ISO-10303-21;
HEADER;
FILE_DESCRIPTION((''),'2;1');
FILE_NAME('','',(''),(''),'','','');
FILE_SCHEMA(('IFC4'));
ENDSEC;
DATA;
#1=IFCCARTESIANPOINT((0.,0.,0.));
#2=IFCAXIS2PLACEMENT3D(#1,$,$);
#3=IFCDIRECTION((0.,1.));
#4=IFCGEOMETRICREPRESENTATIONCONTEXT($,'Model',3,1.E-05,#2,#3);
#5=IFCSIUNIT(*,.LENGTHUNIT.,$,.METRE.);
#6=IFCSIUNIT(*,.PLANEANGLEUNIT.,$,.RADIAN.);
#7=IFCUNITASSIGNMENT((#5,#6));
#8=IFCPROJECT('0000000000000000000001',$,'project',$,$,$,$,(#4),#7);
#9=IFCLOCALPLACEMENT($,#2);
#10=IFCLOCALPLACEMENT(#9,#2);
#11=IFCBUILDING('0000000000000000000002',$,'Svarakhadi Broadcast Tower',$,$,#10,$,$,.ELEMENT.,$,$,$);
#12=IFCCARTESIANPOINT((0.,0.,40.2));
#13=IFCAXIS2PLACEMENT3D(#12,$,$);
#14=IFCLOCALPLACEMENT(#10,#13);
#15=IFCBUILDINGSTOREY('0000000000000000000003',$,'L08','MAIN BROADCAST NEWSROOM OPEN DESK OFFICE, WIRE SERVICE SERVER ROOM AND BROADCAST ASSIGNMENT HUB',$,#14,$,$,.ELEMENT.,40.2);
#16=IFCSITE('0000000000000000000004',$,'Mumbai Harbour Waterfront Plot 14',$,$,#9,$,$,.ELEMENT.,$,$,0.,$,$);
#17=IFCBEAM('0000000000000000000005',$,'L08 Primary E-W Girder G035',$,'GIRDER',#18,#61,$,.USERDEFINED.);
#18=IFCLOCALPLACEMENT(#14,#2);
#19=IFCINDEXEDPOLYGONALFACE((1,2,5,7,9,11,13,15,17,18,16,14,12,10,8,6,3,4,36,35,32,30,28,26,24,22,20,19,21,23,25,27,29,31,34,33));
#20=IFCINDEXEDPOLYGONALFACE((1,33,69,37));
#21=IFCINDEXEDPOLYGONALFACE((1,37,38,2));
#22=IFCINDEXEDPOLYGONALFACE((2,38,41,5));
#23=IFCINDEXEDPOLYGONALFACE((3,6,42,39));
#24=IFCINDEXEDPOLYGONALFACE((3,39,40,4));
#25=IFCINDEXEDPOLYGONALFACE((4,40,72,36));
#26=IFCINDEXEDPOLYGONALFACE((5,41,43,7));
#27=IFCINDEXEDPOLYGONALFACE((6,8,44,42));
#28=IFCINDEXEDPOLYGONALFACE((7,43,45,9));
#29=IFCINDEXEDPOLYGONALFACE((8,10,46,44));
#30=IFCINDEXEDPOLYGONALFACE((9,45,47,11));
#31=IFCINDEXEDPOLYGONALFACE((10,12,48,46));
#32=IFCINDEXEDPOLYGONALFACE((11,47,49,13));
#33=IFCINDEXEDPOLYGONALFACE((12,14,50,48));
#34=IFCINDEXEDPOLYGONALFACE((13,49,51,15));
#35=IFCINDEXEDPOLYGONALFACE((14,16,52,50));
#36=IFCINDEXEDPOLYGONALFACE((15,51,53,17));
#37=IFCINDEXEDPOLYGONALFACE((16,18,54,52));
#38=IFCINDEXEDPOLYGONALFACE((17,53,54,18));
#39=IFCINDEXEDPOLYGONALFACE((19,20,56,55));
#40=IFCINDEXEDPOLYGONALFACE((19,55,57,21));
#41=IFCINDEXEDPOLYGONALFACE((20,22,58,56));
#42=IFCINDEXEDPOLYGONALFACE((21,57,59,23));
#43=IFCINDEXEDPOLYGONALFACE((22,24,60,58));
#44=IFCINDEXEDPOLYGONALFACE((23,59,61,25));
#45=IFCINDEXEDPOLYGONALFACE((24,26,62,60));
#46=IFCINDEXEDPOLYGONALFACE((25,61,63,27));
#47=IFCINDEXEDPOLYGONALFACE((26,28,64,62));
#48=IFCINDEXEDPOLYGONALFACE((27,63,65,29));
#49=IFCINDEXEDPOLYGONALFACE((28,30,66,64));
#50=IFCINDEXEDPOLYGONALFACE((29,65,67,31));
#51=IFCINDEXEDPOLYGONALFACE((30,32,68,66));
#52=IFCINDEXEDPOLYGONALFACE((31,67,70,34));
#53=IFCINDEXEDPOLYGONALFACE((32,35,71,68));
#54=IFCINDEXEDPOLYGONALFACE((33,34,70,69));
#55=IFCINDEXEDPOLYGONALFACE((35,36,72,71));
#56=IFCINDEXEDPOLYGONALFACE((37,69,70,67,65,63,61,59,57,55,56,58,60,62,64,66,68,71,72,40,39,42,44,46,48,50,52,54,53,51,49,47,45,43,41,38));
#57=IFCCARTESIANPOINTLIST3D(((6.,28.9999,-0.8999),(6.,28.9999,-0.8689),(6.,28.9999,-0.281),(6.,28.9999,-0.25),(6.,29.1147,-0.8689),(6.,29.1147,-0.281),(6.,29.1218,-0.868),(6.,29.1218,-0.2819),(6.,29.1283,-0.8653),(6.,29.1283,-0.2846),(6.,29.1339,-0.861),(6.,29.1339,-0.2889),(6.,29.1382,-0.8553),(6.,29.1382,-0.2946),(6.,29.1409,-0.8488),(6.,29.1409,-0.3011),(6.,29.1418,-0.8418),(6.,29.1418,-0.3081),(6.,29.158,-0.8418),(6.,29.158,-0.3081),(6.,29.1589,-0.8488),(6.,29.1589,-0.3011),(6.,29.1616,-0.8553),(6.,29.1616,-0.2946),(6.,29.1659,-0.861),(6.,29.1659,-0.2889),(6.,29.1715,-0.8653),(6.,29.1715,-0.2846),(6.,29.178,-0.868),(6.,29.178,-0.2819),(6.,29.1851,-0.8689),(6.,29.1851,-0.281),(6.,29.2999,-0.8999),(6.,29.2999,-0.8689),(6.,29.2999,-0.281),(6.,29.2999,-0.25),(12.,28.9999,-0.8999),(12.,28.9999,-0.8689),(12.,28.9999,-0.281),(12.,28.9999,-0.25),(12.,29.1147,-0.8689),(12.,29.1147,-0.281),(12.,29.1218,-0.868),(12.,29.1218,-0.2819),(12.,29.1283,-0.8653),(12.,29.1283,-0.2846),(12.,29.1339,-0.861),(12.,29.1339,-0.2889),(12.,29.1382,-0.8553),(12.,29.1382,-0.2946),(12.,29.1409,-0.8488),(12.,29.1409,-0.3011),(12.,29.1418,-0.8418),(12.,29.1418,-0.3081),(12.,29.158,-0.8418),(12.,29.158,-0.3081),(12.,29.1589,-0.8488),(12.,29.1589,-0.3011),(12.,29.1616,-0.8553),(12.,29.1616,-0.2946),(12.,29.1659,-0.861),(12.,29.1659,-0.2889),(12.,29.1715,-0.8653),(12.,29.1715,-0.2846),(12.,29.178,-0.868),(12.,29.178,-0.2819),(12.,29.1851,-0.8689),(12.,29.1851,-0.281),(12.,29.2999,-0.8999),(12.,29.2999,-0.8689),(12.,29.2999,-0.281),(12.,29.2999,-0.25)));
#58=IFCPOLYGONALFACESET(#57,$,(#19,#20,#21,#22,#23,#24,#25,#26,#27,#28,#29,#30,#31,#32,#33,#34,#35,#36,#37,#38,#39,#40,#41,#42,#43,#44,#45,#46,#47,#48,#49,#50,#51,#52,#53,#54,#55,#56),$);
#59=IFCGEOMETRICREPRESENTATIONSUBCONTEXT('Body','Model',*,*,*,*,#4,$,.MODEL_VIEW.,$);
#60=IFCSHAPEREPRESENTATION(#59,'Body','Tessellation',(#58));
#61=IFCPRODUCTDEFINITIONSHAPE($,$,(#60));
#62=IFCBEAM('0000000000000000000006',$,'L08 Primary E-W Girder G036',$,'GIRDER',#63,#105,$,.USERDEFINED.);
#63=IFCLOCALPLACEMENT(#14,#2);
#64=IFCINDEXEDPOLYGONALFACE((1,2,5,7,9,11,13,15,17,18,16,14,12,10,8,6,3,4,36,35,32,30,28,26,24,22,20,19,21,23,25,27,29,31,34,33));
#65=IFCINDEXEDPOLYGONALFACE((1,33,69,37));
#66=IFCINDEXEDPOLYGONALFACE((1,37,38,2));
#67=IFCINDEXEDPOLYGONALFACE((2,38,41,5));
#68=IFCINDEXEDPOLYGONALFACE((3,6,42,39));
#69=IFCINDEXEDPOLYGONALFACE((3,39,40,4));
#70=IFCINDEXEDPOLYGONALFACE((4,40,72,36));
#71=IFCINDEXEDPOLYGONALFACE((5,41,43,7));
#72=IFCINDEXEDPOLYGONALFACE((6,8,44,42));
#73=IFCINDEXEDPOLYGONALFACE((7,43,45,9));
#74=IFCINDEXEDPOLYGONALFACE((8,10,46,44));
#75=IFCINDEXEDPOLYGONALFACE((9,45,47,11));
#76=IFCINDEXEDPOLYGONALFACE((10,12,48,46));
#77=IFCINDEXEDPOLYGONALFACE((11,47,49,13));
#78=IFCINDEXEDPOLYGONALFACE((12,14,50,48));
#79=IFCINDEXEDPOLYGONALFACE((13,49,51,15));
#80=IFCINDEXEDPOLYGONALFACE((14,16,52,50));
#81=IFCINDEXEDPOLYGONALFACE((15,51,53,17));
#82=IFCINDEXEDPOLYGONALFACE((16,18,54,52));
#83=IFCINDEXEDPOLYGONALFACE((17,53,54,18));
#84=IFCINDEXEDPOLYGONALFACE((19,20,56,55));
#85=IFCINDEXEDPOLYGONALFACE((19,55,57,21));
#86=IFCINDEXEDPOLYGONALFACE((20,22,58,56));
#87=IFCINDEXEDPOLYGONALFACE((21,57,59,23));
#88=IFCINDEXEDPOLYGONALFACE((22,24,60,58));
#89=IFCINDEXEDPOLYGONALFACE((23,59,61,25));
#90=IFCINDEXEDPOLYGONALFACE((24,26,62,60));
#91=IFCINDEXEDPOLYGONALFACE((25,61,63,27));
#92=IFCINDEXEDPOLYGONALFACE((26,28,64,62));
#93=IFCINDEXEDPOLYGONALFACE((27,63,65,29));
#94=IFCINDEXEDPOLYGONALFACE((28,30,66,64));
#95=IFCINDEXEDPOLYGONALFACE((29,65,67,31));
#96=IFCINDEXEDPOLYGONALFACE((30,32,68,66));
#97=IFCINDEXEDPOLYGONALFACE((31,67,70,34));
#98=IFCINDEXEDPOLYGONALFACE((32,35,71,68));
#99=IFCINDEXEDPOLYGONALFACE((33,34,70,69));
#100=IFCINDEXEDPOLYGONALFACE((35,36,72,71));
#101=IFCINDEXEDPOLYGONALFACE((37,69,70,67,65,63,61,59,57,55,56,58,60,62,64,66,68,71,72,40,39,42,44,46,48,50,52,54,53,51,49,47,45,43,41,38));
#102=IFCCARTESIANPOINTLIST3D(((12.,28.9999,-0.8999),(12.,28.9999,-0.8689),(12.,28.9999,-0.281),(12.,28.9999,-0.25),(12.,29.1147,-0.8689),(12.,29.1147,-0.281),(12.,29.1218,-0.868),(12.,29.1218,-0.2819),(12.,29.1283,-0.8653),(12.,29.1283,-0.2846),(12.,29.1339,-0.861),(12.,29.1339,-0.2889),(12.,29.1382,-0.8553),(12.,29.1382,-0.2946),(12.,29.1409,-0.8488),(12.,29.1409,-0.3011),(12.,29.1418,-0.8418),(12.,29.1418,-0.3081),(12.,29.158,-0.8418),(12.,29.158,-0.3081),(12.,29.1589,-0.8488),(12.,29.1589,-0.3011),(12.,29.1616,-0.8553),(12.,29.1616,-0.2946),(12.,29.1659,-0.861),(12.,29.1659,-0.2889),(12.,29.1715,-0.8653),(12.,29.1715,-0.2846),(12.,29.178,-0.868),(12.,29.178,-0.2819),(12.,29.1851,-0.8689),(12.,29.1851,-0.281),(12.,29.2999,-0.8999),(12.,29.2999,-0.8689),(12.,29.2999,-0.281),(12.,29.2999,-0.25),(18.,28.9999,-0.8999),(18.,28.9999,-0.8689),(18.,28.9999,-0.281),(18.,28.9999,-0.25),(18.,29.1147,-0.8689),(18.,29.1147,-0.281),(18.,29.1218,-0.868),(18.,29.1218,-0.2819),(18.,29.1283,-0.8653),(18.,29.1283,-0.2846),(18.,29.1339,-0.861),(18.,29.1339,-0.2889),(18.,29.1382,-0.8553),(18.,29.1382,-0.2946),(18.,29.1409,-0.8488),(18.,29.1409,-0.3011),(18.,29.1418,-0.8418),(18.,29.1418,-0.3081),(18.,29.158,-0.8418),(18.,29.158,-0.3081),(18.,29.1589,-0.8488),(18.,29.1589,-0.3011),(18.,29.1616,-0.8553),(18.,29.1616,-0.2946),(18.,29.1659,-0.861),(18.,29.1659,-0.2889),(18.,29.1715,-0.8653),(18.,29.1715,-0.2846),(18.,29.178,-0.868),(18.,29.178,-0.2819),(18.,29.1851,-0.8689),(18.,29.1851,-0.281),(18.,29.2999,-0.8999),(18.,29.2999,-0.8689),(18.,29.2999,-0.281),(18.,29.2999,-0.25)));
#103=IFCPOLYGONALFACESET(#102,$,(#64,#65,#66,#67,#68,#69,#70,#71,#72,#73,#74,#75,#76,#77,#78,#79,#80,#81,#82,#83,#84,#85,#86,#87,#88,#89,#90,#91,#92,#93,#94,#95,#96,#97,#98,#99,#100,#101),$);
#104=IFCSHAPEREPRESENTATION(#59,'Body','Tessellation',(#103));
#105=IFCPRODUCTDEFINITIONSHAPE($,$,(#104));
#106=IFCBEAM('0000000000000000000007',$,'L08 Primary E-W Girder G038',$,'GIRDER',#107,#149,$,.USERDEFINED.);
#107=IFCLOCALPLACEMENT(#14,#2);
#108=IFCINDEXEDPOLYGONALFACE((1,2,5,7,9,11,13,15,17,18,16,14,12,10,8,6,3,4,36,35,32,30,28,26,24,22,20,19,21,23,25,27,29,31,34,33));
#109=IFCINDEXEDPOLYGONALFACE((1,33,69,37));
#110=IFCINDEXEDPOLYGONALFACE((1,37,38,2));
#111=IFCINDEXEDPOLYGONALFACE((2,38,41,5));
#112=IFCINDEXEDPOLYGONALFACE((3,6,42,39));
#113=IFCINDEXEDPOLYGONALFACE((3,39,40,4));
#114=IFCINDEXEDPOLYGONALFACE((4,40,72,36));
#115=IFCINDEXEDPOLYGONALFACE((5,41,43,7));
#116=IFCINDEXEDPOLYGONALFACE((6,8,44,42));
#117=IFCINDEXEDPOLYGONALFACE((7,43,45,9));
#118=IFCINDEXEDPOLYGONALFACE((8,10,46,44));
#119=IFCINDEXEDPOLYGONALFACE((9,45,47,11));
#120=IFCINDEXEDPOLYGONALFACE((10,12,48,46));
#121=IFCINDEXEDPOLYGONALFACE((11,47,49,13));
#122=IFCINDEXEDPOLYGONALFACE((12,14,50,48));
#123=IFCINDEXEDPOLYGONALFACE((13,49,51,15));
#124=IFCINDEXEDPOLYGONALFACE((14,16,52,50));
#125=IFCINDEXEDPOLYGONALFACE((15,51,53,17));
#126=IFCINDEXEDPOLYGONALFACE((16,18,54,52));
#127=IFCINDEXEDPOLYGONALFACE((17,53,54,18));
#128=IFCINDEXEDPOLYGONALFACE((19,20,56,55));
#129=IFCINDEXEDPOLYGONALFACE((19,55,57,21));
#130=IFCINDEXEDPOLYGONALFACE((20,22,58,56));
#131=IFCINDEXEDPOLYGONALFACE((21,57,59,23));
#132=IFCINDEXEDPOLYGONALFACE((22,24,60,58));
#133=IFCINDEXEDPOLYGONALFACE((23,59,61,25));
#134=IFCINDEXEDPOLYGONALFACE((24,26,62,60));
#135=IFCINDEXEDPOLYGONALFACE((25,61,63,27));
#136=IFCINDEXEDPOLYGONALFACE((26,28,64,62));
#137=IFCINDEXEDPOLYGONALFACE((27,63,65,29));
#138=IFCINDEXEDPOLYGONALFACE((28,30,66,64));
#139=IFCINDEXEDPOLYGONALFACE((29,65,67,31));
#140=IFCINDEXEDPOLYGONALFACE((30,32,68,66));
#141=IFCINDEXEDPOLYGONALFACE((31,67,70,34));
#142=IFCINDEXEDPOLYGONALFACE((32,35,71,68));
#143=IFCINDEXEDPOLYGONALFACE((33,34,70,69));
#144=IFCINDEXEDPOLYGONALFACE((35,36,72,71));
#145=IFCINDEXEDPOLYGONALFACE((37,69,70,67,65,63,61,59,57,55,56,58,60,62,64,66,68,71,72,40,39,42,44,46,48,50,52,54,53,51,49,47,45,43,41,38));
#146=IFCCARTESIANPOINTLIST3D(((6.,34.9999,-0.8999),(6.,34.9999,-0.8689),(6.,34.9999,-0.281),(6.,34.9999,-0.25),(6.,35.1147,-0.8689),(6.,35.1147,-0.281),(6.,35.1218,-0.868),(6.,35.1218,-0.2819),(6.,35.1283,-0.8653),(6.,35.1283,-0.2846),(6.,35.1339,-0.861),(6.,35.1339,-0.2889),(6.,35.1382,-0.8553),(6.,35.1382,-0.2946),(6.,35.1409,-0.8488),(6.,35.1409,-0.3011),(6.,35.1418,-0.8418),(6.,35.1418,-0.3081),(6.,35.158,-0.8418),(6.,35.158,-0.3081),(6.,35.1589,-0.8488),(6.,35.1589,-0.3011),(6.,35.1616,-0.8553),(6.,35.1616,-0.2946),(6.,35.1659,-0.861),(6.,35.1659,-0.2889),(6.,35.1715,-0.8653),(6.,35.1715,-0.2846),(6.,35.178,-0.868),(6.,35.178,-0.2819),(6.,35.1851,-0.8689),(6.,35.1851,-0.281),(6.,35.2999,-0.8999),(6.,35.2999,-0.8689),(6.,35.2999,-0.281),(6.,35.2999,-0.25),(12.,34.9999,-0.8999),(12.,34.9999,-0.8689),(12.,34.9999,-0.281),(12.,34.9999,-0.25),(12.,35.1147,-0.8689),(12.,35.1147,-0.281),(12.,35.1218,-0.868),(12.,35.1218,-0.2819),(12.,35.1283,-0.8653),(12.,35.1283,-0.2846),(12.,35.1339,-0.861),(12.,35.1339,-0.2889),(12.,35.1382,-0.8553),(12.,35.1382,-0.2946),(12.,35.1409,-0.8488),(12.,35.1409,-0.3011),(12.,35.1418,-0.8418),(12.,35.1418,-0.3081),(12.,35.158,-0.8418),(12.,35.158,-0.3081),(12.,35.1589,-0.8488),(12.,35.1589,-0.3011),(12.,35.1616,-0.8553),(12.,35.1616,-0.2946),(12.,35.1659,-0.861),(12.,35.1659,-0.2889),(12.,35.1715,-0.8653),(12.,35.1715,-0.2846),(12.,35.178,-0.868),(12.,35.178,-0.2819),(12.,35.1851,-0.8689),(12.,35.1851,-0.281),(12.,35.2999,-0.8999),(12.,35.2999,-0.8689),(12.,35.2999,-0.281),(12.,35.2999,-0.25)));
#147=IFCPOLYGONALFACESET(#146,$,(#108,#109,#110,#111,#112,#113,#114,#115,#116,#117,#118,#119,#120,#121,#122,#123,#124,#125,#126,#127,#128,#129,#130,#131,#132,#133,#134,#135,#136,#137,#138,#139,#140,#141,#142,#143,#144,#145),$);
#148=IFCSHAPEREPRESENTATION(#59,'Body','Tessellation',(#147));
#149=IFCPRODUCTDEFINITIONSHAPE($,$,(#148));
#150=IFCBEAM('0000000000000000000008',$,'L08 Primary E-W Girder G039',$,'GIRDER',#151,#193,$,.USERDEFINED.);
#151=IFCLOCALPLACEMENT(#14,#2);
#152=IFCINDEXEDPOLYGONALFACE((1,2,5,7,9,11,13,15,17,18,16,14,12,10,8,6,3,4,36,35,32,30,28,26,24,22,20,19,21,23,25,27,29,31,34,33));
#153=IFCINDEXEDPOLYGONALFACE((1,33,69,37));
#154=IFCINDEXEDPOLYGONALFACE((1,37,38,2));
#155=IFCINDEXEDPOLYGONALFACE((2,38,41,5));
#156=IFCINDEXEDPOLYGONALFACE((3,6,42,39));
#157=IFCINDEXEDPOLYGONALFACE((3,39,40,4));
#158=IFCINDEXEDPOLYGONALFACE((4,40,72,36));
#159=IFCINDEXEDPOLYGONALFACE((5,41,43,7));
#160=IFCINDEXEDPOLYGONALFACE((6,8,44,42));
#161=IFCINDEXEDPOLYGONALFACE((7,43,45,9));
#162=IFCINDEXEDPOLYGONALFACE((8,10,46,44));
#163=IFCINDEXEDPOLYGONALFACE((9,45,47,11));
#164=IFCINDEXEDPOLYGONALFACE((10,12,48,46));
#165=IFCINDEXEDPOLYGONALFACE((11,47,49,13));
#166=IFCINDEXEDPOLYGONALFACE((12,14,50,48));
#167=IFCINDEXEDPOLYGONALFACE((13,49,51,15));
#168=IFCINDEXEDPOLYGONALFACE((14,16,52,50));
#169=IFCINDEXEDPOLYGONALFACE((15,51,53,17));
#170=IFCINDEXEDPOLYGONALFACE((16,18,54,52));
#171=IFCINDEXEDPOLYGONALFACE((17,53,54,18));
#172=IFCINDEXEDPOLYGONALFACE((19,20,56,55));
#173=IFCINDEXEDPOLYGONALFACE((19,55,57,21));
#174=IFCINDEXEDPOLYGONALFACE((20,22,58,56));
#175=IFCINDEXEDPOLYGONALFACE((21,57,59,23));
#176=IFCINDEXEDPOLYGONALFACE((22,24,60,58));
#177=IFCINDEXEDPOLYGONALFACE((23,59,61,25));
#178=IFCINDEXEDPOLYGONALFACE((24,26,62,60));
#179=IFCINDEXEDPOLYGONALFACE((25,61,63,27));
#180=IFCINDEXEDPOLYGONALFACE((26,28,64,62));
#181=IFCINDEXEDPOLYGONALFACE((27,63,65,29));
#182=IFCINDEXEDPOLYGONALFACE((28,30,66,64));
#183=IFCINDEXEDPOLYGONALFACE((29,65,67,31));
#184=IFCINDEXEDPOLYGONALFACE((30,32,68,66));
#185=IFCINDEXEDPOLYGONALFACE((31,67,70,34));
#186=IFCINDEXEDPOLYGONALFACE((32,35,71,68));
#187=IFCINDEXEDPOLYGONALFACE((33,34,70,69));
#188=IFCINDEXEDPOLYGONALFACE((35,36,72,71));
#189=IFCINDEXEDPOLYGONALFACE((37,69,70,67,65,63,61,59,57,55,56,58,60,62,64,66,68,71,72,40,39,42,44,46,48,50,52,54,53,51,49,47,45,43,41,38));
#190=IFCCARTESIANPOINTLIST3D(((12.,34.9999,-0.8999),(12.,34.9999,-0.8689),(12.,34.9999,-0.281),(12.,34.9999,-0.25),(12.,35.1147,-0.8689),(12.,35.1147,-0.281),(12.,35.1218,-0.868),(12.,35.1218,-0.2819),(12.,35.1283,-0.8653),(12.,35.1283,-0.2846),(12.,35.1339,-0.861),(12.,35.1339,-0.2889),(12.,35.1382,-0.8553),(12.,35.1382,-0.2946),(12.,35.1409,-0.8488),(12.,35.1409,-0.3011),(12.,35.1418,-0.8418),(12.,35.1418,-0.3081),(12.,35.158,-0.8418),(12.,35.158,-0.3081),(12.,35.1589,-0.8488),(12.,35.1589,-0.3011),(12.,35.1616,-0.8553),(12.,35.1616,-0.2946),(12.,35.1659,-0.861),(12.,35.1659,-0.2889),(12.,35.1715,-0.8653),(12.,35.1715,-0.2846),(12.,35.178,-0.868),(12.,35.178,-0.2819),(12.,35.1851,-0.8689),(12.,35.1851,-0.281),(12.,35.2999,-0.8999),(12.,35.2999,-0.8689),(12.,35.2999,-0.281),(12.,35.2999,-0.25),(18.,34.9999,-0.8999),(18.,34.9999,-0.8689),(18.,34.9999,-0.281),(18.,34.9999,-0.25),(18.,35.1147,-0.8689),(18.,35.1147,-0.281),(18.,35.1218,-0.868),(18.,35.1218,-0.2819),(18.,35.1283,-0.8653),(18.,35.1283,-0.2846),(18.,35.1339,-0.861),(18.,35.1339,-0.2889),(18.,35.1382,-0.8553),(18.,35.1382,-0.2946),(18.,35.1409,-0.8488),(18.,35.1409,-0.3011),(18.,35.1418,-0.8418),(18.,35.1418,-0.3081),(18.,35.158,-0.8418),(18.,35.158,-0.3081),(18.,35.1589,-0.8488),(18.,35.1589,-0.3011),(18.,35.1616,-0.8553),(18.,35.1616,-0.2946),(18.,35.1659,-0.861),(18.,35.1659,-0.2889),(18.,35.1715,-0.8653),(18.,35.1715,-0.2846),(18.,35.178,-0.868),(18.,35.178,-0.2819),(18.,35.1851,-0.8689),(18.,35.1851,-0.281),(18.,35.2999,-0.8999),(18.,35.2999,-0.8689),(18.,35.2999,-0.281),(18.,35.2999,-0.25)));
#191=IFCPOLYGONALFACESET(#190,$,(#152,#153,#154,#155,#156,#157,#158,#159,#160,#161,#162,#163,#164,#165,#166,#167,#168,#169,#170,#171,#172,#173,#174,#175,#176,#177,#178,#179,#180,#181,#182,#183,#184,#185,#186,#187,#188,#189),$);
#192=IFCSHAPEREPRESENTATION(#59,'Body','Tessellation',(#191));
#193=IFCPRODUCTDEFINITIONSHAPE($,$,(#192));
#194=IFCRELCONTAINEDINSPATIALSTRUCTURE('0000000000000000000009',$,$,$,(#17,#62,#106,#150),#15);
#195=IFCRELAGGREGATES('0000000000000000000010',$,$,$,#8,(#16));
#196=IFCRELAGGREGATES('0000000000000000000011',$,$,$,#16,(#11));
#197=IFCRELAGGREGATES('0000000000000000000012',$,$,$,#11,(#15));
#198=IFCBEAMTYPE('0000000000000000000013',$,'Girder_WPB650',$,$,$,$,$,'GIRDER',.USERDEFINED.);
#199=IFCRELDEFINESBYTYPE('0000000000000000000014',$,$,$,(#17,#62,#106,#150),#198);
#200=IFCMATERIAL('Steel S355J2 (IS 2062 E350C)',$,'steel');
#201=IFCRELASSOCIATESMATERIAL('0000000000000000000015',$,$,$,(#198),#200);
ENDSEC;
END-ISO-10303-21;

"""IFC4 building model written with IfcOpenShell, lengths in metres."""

from ifc_helpers import new_model, si_unit, direction, frame, origin, origin_2d, place, context, subcontext, project, spatial, i_section, extrude, material, material_profile, profile_set, type_object, element, save


model = new_model("IFC4")

# Units and contexts
model_context = context("Model", 3, precision=1e-05, world=origin(), true_north=direction((0.0, 1.0)))
body_context = subcontext(model_context, "Body", "Model", "MODEL_VIEW")
ifc_project = project(units=[si_unit("LENGTHUNIT", "METRE"), si_unit("PLANEANGLEUNIT", "RADIAN")], contexts=[model_context])

# Site, building, storey
site_placement = place(None, origin())
site = spatial("IfcSite", under=ifc_project, at=site_placement, Name="Mumbai Harbour Waterfront Plot 14", CompositionType="ELEMENT", RefElevation=0.0)
building_placement = place(site_placement, origin())
building = spatial("IfcBuilding", under=site, at=building_placement, Name="Svarakhadi Broadcast Tower", CompositionType="ELEMENT")
storey_placement = place(building_placement, frame((0.0, 0.0, 40.2)))
storey = spatial("IfcBuildingStorey", under=building, at=storey_placement, Name="L08", Description="MAIN BROADCAST NEWSROOM OPEN DESK OFFICE, WIRE SERVICE SERVER ROOM AND BROADCAST ASSIGNMENT HUB", CompositionType="ELEMENT", Elevation=40.2)

# Beams
ifc_material_1 = material(Name="Steel S355J2 (IS 2062 E350C)", Category="steel")
ifc_material_profile_1 = material_profile(ifc_material_1, i_section(OverallWidth=0.3, OverallDepth=0.6499, WebThickness=0.0161, FlangeThickness=0.031, FilletRadius=0.0271, at=origin_2d()), Name="WPB 650x300x225")
ifc_profile_set_1 = profile_set([ifc_material_profile_1], Name="Steel S355J2 (IS 2062 E350C)")
beam_type_1 = type_object("IfcBeamType", Name="Girder_WPB650", ElementType="GIRDER", PredefinedType="USERDEFINED", material=ifc_profile_set_1)
for number, where, z_axis, x_axis, name in (
    (1, (6.0, 29.1499, -0.575), (1.0, 0.0, 0.0), (0.0, 1.0, 0.0), "L08 Primary E-W Girder G035"),
    (2, (12.0, 29.1499, -0.575), (1.0, 0.0, 0.0), (0.0, 1.0, 0.0), "L08 Primary E-W Girder G036"),
    (3, (6.0, 35.1499, -0.575), (1.0, 0.0, 0.0), (0.0, 1.0, 0.0), "L08 Primary E-W Girder G038"),
    (4, (12.0, 35.1499, -0.575), (1.0, 0.0, 0.0), (0.0, 1.0, 0.0), "L08 Primary E-W Girder G039"),
):
    element("IfcBeam", number, at=place(storey_placement, frame(where, z_axis=z_axis, x_axis=x_axis)), inside=storey, type_object=beam_type_1, Name=name, ObjectType="GIRDER", PredefinedType="USERDEFINED", context=body_context, shape_type="SweptSolid", body=[
        extrude(i_section(OverallWidth=0.3, OverallDepth=0.6499, WebThickness=0.0161, FlangeThickness=0.031, FilletRadius=0.0271, at=origin_2d()), origin(), (0.0, 0.0, 1.0), 6.0),
    ])

save(model, "model.ifc")
